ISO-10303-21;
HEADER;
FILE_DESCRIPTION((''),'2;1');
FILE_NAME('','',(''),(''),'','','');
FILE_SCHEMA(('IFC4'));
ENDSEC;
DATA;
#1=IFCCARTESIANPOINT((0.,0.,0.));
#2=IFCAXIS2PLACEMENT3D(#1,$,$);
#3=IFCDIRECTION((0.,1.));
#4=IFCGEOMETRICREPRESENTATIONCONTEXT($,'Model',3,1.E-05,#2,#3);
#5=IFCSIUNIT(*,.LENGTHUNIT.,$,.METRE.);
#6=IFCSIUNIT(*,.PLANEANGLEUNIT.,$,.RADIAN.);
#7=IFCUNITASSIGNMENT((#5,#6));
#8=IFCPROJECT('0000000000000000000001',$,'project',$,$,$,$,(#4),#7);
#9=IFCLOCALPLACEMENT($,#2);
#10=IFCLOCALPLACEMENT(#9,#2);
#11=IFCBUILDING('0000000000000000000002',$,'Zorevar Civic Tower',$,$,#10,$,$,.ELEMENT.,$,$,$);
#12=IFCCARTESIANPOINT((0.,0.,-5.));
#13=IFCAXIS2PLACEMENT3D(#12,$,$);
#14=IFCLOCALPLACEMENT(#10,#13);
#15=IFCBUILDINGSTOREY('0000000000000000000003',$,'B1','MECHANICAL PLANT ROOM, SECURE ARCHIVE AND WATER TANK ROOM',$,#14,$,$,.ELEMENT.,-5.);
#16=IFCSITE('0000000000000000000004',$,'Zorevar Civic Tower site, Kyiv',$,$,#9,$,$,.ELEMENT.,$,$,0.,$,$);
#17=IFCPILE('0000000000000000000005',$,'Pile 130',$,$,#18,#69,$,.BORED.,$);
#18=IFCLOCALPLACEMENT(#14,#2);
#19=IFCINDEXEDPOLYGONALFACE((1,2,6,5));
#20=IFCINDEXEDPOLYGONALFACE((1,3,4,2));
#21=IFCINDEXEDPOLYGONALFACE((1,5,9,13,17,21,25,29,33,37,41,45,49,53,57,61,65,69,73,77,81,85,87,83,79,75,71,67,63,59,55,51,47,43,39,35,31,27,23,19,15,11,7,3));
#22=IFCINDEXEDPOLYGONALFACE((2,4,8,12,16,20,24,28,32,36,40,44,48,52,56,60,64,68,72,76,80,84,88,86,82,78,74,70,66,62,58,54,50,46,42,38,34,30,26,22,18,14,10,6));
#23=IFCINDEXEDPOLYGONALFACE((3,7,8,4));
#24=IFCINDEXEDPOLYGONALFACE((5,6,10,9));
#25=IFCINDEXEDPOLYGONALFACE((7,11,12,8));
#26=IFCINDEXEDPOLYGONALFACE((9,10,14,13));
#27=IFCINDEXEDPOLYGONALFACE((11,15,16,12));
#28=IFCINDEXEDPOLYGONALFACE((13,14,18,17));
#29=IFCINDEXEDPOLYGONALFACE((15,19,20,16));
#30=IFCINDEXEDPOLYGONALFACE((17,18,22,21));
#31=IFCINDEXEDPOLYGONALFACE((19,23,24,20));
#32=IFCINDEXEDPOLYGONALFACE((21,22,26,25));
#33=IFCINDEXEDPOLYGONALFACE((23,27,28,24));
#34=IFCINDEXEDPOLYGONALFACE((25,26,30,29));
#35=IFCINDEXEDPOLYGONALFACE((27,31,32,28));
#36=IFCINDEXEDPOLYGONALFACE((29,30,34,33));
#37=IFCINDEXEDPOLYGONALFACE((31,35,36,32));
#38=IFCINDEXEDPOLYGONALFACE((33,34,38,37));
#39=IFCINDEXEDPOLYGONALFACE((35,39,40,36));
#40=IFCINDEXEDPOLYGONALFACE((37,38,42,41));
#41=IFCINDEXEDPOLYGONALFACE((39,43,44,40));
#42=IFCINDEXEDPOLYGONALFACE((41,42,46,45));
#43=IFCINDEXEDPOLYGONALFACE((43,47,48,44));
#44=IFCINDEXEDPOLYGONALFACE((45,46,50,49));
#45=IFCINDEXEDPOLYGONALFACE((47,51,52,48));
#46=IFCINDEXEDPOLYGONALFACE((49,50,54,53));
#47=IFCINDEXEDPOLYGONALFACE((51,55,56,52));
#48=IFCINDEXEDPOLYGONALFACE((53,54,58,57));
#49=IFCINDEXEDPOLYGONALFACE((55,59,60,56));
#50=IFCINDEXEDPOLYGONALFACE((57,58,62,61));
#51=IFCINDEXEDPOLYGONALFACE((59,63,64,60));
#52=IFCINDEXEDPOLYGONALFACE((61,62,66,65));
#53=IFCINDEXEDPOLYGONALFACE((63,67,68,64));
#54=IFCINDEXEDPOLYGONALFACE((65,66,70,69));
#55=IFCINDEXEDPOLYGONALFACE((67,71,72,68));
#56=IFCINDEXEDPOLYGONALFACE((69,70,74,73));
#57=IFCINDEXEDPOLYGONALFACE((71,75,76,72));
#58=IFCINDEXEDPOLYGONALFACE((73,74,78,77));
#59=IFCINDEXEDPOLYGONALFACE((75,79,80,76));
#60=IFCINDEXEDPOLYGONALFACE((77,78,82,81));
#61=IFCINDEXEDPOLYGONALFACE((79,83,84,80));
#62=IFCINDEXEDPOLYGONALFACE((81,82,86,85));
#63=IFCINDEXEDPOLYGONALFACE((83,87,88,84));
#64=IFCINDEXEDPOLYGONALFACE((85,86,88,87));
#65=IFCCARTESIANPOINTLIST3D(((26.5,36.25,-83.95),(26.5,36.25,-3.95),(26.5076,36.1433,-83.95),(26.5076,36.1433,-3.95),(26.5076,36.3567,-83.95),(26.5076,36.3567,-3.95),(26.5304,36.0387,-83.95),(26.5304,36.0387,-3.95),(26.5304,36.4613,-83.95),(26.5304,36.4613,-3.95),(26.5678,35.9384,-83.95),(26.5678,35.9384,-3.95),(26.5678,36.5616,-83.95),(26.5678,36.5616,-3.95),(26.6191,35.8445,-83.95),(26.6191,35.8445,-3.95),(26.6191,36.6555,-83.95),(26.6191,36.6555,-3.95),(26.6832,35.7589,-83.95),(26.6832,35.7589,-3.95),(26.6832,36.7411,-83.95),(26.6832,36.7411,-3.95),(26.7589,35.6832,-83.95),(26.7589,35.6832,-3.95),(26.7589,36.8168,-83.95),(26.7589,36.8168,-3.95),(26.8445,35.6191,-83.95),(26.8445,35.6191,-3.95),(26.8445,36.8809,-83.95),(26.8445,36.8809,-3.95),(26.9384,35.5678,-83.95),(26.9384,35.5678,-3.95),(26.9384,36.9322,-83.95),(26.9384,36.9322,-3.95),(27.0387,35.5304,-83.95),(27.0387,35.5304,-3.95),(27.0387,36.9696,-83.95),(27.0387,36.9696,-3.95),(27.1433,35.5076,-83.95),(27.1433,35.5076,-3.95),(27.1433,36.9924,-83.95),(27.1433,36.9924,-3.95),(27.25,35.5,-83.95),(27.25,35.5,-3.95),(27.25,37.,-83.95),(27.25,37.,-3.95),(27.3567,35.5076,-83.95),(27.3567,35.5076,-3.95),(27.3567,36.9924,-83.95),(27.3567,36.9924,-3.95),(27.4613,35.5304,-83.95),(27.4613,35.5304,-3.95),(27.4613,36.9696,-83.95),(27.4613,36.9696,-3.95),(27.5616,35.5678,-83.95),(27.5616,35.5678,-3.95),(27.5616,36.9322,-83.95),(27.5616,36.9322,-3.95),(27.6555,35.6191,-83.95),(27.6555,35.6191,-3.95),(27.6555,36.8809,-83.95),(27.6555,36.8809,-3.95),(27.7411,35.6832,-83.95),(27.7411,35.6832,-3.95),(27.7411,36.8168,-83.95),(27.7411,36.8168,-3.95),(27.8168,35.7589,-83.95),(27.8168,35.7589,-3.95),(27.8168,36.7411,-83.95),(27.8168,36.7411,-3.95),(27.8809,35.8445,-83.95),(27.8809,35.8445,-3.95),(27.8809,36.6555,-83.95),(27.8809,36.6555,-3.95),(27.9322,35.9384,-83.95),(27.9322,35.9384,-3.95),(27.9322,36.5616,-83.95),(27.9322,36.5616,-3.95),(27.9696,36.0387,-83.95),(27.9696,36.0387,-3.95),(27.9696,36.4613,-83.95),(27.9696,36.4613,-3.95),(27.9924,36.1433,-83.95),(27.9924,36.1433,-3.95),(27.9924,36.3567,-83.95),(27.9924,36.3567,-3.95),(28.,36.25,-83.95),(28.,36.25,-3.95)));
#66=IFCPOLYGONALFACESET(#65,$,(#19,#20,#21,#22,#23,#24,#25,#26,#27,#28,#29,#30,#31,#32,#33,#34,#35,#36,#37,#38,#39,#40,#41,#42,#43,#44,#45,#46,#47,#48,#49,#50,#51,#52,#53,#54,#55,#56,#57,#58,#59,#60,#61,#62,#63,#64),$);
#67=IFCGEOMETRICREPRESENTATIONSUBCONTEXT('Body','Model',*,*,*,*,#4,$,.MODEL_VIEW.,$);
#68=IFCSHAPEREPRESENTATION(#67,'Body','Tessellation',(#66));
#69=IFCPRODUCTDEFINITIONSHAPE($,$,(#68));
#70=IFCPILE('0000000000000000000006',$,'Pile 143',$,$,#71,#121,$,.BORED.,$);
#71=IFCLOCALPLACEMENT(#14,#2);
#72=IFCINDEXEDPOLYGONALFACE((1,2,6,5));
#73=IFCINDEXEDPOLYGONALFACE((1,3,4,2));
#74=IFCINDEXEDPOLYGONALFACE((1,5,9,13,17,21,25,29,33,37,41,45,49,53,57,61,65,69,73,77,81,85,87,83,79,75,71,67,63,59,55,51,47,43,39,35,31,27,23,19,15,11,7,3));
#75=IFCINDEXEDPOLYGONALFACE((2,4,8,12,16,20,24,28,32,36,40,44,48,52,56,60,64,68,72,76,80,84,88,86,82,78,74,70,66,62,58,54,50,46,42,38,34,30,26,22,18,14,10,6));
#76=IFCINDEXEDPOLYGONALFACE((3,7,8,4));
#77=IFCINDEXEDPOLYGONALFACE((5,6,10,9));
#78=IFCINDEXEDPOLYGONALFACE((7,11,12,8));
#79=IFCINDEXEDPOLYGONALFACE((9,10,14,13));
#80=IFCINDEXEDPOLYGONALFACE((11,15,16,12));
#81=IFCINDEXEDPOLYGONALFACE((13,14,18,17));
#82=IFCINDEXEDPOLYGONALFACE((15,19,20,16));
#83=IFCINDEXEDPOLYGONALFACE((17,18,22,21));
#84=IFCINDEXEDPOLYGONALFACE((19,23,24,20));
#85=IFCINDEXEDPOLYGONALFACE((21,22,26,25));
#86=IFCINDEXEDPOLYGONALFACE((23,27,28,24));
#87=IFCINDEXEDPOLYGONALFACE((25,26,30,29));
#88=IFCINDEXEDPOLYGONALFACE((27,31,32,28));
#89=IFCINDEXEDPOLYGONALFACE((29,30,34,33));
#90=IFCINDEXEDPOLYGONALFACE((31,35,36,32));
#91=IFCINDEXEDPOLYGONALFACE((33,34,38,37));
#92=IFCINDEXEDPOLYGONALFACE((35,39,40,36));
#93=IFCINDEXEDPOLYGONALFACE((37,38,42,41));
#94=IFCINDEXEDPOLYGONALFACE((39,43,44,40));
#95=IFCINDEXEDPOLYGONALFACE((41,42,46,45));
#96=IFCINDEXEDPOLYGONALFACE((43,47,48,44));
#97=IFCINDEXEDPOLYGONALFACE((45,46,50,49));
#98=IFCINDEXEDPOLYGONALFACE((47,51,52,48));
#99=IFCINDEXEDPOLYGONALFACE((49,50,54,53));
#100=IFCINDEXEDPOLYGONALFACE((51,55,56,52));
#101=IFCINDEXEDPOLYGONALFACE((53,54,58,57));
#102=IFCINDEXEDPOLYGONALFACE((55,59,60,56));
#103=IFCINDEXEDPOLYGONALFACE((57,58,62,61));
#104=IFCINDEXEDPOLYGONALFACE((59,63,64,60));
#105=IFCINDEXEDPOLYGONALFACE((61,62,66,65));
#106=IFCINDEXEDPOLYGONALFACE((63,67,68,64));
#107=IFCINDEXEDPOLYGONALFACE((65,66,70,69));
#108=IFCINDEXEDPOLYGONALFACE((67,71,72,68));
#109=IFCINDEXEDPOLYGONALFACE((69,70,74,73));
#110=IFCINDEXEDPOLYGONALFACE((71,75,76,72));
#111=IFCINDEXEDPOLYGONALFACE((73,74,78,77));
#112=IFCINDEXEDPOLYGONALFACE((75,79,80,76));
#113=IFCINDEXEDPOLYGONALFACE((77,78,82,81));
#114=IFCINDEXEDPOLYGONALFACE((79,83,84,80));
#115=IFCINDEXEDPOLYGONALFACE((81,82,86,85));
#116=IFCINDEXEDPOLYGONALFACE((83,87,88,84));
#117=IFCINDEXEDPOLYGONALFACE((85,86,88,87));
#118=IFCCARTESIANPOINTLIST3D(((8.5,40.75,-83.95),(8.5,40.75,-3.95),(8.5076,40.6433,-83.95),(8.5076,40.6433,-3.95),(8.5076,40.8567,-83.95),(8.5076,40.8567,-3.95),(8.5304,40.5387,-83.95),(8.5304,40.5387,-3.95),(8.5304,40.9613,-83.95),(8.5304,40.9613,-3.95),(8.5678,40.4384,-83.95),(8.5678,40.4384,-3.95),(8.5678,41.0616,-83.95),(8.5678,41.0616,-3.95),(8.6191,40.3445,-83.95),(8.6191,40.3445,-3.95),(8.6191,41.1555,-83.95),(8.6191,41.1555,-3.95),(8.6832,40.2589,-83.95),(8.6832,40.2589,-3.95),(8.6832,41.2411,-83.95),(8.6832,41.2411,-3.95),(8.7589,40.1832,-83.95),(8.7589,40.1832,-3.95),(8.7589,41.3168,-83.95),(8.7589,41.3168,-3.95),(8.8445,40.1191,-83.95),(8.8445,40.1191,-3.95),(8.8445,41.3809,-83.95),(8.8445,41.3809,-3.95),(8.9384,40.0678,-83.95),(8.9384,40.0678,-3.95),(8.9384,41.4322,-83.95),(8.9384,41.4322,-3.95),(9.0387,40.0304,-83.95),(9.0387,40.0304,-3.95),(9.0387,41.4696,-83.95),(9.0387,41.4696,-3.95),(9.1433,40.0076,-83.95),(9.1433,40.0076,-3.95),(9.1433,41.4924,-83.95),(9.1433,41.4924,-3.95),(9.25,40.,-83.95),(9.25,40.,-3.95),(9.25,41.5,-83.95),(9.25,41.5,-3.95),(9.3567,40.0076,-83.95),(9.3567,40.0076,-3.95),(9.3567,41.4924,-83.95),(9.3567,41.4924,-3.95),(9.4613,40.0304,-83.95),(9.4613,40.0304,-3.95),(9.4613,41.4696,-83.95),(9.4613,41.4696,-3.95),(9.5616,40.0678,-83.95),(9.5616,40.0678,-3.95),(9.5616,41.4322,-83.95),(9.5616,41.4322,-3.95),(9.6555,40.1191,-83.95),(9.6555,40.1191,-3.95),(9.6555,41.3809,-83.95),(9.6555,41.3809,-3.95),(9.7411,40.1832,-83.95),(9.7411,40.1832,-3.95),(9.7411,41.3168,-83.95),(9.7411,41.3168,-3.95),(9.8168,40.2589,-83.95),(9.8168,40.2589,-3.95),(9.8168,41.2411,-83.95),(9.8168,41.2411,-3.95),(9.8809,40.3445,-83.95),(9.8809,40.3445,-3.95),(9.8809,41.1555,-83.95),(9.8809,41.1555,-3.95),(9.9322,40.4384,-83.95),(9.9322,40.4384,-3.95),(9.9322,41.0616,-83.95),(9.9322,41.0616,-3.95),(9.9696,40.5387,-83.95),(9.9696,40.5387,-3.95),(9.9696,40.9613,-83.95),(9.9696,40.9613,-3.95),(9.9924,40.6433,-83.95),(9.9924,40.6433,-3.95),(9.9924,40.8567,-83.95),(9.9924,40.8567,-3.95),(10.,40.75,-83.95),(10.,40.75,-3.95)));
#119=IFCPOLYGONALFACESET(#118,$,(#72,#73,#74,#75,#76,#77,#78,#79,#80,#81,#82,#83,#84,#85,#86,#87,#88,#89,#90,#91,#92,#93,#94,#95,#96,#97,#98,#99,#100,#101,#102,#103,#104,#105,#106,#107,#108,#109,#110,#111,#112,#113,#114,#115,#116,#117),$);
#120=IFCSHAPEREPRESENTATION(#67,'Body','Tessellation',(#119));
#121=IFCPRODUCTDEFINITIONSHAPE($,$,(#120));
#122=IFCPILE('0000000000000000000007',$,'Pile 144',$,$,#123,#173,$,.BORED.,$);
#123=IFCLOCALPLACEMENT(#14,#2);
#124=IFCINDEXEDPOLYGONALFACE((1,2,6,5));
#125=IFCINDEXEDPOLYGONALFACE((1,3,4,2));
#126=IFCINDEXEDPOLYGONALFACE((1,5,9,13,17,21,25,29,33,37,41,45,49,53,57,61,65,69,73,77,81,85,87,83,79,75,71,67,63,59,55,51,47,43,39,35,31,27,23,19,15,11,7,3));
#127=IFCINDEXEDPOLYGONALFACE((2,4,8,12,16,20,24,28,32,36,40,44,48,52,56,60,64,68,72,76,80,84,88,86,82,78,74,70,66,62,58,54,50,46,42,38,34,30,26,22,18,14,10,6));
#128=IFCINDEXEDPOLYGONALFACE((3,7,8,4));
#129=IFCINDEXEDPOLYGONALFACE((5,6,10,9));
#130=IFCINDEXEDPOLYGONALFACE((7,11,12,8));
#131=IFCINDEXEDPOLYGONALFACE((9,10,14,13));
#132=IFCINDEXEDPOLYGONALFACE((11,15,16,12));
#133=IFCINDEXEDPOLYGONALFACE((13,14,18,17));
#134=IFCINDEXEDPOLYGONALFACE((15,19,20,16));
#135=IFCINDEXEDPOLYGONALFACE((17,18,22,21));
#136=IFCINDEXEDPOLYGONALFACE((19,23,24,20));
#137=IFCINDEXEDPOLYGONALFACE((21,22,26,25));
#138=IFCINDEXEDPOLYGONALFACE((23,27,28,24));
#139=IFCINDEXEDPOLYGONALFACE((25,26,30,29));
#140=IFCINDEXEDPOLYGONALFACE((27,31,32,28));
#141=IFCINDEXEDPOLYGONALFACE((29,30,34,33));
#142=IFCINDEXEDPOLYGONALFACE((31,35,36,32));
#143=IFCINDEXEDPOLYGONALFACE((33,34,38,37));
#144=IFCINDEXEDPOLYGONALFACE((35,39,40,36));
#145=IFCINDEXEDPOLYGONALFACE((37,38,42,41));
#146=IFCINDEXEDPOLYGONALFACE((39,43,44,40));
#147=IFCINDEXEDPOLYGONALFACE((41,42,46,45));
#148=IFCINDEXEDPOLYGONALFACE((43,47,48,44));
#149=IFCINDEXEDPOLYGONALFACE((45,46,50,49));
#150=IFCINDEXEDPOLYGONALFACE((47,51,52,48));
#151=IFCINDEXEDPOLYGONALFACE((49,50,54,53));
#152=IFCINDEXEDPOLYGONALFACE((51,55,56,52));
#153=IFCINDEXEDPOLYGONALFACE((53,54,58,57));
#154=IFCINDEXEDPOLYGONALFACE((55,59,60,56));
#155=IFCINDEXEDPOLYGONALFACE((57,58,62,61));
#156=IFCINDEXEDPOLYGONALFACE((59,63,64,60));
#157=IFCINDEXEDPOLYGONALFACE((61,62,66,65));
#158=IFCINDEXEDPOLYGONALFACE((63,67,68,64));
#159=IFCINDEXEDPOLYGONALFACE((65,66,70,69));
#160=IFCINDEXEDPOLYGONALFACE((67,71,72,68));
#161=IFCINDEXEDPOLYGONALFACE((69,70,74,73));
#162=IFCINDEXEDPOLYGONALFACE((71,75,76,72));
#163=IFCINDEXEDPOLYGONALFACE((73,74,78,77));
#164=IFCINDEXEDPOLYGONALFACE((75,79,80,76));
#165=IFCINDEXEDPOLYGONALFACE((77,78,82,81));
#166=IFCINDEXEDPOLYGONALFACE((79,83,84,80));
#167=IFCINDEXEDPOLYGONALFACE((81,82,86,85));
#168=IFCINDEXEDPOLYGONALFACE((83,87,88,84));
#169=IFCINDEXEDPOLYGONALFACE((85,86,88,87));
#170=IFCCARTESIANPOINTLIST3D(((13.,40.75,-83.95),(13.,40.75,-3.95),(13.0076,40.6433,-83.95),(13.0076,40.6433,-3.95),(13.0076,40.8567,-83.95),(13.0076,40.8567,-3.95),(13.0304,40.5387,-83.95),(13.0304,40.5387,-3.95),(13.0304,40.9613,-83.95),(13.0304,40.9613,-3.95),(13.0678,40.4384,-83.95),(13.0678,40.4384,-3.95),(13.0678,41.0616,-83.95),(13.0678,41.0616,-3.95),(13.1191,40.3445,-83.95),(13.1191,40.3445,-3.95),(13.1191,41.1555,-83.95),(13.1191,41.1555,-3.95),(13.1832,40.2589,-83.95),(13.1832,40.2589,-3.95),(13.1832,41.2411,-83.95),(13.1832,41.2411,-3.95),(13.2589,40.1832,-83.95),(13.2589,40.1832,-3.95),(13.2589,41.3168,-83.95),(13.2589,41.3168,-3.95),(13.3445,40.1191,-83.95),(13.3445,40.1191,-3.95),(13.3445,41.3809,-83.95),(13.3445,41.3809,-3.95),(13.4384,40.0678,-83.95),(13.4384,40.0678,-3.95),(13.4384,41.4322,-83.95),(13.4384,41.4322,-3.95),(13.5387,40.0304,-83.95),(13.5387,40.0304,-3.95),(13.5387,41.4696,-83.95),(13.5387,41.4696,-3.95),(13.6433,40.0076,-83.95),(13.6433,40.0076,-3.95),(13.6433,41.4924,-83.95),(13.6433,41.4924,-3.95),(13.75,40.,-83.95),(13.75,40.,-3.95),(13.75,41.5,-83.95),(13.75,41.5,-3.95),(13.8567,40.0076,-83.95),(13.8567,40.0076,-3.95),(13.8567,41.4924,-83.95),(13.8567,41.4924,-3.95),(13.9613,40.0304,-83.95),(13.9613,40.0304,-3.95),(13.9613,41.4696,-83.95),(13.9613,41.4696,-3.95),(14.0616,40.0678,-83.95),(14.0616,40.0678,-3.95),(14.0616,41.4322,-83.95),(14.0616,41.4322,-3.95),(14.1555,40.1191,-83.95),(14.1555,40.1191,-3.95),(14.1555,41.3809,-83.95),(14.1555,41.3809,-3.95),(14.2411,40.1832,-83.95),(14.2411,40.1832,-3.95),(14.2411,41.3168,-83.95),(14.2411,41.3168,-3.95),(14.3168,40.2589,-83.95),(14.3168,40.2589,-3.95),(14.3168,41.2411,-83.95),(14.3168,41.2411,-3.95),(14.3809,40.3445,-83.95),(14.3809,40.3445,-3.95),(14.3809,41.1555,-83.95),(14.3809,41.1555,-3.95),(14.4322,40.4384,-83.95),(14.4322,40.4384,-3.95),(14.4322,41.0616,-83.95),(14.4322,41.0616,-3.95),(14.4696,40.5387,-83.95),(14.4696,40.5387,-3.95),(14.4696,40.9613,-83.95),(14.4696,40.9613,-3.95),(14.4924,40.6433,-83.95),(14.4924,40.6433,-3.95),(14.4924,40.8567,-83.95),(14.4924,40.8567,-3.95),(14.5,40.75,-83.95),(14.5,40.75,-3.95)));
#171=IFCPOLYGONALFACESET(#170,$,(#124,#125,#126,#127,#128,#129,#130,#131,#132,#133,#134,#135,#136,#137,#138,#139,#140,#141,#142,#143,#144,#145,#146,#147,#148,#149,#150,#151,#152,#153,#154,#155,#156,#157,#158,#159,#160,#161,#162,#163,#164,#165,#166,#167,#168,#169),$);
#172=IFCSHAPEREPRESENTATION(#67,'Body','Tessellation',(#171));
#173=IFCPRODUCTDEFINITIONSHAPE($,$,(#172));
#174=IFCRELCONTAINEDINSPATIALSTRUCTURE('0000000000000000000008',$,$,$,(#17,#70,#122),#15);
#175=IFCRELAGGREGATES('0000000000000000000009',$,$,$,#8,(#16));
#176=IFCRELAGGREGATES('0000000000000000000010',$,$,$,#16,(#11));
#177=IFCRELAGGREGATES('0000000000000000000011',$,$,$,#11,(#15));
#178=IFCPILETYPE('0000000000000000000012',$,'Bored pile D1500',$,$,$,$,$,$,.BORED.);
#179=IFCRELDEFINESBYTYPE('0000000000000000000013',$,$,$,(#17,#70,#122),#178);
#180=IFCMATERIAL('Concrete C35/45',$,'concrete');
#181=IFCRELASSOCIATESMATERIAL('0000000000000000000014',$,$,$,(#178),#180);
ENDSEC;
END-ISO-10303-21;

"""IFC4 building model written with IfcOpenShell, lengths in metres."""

from ifc_helpers import new_model, si_unit, direction, frame, origin, origin_2d, place, context, subcontext, project, spatial, circle, extrude, material, type_object, element, save


model = new_model("IFC4")

# Units and contexts
model_context = context("Model", 3, precision=1e-05, world=origin(), true_north=direction((0.0, 1.0)))
body_context = subcontext(model_context, "Body", "Model", "MODEL_VIEW")
ifc_project = project(units=[si_unit("LENGTHUNIT", "METRE"), si_unit("PLANEANGLEUNIT", "RADIAN")], contexts=[model_context])

# Site, building, storey
site_placement = place(None, origin())
site = spatial("IfcSite", under=ifc_project, at=site_placement, Name="Zorevar Civic Tower site, Kyiv", CompositionType="ELEMENT", RefElevation=0.0)
building_placement = place(site_placement, origin())
building = spatial("IfcBuilding", under=site, at=building_placement, Name="Zorevar Civic Tower", CompositionType="ELEMENT")
storey_placement = place(building_placement, frame((0.0, 0.0, -5.0)))
storey = spatial("IfcBuildingStorey", under=building, at=storey_placement, Name="B1", Description="MECHANICAL PLANT ROOM, SECURE ARCHIVE AND WATER TANK ROOM", CompositionType="ELEMENT", Elevation=-5.0)

# Piles
ifc_material_1 = material(Name="Concrete C35/45", Category="concrete")
pile_type = type_object("IfcPileType", Name="Bored pile D1500", PredefinedType="BORED", material=ifc_material_1)
for number, where, z_axis, x_axis, name in (
    (1, (27.25, 36.25, -3.95), (0.0, 0.0, -1.0), (1.0, 0.0, 0.0), "Pile 130"),
    (2, (9.25, 40.75, -3.95), (0.0, 0.0, -1.0), (1.0, 0.0, 0.0), "Pile 143"),
    (3, (13.75, 40.75, -3.95), (0.0, 0.0, -1.0), (1.0, 0.0, 0.0), "Pile 144"),
):
    element("IfcPile", number, at=place(storey_placement, frame(where, z_axis=z_axis, x_axis=x_axis)), inside=storey, type_object=pile_type, Name=name, PredefinedType="BORED", context=body_context, shape_type="SweptSolid", body=[
        extrude(circle(Radius=0.75, at=origin_2d()), origin(), (0.0, 0.0, 1.0), 80.0),
    ])

save(model, "model.ifc")
